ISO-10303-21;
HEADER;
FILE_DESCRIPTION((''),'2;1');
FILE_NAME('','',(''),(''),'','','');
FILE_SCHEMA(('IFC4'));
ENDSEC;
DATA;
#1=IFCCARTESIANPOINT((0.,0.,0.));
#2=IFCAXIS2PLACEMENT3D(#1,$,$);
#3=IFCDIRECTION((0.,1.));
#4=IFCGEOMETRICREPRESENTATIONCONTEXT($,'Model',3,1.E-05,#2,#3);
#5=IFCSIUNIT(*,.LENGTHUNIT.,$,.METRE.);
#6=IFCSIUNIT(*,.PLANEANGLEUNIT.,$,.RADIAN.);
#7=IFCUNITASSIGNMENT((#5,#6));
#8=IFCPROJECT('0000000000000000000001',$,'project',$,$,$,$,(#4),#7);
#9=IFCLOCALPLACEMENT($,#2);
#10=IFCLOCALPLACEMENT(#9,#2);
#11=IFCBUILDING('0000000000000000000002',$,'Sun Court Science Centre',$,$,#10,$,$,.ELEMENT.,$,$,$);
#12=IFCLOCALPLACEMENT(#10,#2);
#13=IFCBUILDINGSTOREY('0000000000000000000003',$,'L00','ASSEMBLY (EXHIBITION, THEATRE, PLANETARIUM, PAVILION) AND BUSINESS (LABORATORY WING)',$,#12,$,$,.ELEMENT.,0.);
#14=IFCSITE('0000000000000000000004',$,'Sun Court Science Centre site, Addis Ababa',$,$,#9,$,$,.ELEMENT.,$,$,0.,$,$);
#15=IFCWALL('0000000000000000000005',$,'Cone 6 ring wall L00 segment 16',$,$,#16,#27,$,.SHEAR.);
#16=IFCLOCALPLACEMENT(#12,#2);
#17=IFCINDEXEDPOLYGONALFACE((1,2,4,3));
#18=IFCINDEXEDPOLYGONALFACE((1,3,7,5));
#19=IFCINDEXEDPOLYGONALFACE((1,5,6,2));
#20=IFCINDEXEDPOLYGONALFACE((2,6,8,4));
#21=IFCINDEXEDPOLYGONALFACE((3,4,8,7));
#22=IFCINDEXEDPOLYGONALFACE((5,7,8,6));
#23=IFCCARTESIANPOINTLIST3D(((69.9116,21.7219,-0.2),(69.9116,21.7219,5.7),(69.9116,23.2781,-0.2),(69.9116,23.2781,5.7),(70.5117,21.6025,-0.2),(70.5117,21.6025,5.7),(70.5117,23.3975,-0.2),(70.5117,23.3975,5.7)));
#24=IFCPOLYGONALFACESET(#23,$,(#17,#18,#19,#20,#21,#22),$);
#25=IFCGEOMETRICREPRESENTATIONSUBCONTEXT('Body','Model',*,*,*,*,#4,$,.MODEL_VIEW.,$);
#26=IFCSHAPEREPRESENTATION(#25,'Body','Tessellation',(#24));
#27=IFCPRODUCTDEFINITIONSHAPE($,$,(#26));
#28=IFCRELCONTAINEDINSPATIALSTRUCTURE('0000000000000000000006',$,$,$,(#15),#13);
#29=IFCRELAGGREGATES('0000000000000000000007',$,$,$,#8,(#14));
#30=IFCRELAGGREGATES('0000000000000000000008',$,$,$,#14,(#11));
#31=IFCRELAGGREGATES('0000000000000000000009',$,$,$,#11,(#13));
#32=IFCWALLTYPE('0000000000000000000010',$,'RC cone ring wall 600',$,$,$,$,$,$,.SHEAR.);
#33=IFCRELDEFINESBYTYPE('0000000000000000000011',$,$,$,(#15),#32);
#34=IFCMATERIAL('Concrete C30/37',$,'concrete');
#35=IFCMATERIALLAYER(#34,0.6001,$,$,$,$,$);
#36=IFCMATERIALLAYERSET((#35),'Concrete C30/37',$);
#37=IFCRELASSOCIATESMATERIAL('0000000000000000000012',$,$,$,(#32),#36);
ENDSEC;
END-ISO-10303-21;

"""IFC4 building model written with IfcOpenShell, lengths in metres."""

from ifc_helpers import new_model, si_unit, direction, frame, origin, place, context, subcontext, project, spatial, polyline, outline, extrude, material, layer, layer_set, type_object, element, save


model = new_model("IFC4")

# Units and contexts
model_context = context("Model", 3, precision=1e-05, world=origin(), true_north=direction((0.0, 1.0)))
body_context = subcontext(model_context, "Body", "Model", "MODEL_VIEW")
ifc_project = project(units=[si_unit("LENGTHUNIT", "METRE"), si_unit("PLANEANGLEUNIT", "RADIAN")], contexts=[model_context])

# Site, building, storey
site_placement = place(None, origin())
site = spatial("IfcSite", under=ifc_project, at=site_placement, Name="Sun Court Science Centre site, Addis Ababa", CompositionType="ELEMENT", RefElevation=0.0)
building_placement = place(site_placement, origin())
building = spatial("IfcBuilding", under=site, at=building_placement, Name="Sun Court Science Centre", CompositionType="ELEMENT")
storey_placement = place(building_placement, origin())
storey = spatial("IfcBuildingStorey", under=building, at=storey_placement, Name="L00", Description="ASSEMBLY (EXHIBITION, THEATRE, PLANETARIUM, PAVILION) AND BUSINESS (LABORATORY WING)", CompositionType="ELEMENT", Elevation=0.0)

# Wall
ifc_material_1 = material(Name="Concrete C30/37", Category="concrete")
ifc_layer_1 = layer(ifc_material_1, 0.6001)
ifc_layer_set_1 = layer_set([ifc_layer_1], Name="Concrete C30/37")
wall_type_1 = type_object("IfcWallType", Name="RC cone ring wall 600", PredefinedType="SHEAR", material=ifc_layer_set_1)
wall_1_placement = place(storey_placement, frame((70.2117, 21.6025, -0.2), z_axis=(0.0, 0.0, 1.0), x_axis=(0.0, 1.0, 0.0)))
element("IfcWall", 1, at=wall_1_placement, inside=storey, type_object=wall_type_1, Name="Cone 6 ring wall L00 segment 16", PredefinedType="SHEAR", context=body_context, shape_type="SweptSolid", body=[
    extrude(outline(polyline([(0.0, -0.3), (1.7949, -0.3), (1.6755, 0.3), (0.1194, 0.3), (0.0, -0.3)])), origin(), (0.0, 0.0, 1.0), 5.8999),
])

save(model, "model.ifc")
